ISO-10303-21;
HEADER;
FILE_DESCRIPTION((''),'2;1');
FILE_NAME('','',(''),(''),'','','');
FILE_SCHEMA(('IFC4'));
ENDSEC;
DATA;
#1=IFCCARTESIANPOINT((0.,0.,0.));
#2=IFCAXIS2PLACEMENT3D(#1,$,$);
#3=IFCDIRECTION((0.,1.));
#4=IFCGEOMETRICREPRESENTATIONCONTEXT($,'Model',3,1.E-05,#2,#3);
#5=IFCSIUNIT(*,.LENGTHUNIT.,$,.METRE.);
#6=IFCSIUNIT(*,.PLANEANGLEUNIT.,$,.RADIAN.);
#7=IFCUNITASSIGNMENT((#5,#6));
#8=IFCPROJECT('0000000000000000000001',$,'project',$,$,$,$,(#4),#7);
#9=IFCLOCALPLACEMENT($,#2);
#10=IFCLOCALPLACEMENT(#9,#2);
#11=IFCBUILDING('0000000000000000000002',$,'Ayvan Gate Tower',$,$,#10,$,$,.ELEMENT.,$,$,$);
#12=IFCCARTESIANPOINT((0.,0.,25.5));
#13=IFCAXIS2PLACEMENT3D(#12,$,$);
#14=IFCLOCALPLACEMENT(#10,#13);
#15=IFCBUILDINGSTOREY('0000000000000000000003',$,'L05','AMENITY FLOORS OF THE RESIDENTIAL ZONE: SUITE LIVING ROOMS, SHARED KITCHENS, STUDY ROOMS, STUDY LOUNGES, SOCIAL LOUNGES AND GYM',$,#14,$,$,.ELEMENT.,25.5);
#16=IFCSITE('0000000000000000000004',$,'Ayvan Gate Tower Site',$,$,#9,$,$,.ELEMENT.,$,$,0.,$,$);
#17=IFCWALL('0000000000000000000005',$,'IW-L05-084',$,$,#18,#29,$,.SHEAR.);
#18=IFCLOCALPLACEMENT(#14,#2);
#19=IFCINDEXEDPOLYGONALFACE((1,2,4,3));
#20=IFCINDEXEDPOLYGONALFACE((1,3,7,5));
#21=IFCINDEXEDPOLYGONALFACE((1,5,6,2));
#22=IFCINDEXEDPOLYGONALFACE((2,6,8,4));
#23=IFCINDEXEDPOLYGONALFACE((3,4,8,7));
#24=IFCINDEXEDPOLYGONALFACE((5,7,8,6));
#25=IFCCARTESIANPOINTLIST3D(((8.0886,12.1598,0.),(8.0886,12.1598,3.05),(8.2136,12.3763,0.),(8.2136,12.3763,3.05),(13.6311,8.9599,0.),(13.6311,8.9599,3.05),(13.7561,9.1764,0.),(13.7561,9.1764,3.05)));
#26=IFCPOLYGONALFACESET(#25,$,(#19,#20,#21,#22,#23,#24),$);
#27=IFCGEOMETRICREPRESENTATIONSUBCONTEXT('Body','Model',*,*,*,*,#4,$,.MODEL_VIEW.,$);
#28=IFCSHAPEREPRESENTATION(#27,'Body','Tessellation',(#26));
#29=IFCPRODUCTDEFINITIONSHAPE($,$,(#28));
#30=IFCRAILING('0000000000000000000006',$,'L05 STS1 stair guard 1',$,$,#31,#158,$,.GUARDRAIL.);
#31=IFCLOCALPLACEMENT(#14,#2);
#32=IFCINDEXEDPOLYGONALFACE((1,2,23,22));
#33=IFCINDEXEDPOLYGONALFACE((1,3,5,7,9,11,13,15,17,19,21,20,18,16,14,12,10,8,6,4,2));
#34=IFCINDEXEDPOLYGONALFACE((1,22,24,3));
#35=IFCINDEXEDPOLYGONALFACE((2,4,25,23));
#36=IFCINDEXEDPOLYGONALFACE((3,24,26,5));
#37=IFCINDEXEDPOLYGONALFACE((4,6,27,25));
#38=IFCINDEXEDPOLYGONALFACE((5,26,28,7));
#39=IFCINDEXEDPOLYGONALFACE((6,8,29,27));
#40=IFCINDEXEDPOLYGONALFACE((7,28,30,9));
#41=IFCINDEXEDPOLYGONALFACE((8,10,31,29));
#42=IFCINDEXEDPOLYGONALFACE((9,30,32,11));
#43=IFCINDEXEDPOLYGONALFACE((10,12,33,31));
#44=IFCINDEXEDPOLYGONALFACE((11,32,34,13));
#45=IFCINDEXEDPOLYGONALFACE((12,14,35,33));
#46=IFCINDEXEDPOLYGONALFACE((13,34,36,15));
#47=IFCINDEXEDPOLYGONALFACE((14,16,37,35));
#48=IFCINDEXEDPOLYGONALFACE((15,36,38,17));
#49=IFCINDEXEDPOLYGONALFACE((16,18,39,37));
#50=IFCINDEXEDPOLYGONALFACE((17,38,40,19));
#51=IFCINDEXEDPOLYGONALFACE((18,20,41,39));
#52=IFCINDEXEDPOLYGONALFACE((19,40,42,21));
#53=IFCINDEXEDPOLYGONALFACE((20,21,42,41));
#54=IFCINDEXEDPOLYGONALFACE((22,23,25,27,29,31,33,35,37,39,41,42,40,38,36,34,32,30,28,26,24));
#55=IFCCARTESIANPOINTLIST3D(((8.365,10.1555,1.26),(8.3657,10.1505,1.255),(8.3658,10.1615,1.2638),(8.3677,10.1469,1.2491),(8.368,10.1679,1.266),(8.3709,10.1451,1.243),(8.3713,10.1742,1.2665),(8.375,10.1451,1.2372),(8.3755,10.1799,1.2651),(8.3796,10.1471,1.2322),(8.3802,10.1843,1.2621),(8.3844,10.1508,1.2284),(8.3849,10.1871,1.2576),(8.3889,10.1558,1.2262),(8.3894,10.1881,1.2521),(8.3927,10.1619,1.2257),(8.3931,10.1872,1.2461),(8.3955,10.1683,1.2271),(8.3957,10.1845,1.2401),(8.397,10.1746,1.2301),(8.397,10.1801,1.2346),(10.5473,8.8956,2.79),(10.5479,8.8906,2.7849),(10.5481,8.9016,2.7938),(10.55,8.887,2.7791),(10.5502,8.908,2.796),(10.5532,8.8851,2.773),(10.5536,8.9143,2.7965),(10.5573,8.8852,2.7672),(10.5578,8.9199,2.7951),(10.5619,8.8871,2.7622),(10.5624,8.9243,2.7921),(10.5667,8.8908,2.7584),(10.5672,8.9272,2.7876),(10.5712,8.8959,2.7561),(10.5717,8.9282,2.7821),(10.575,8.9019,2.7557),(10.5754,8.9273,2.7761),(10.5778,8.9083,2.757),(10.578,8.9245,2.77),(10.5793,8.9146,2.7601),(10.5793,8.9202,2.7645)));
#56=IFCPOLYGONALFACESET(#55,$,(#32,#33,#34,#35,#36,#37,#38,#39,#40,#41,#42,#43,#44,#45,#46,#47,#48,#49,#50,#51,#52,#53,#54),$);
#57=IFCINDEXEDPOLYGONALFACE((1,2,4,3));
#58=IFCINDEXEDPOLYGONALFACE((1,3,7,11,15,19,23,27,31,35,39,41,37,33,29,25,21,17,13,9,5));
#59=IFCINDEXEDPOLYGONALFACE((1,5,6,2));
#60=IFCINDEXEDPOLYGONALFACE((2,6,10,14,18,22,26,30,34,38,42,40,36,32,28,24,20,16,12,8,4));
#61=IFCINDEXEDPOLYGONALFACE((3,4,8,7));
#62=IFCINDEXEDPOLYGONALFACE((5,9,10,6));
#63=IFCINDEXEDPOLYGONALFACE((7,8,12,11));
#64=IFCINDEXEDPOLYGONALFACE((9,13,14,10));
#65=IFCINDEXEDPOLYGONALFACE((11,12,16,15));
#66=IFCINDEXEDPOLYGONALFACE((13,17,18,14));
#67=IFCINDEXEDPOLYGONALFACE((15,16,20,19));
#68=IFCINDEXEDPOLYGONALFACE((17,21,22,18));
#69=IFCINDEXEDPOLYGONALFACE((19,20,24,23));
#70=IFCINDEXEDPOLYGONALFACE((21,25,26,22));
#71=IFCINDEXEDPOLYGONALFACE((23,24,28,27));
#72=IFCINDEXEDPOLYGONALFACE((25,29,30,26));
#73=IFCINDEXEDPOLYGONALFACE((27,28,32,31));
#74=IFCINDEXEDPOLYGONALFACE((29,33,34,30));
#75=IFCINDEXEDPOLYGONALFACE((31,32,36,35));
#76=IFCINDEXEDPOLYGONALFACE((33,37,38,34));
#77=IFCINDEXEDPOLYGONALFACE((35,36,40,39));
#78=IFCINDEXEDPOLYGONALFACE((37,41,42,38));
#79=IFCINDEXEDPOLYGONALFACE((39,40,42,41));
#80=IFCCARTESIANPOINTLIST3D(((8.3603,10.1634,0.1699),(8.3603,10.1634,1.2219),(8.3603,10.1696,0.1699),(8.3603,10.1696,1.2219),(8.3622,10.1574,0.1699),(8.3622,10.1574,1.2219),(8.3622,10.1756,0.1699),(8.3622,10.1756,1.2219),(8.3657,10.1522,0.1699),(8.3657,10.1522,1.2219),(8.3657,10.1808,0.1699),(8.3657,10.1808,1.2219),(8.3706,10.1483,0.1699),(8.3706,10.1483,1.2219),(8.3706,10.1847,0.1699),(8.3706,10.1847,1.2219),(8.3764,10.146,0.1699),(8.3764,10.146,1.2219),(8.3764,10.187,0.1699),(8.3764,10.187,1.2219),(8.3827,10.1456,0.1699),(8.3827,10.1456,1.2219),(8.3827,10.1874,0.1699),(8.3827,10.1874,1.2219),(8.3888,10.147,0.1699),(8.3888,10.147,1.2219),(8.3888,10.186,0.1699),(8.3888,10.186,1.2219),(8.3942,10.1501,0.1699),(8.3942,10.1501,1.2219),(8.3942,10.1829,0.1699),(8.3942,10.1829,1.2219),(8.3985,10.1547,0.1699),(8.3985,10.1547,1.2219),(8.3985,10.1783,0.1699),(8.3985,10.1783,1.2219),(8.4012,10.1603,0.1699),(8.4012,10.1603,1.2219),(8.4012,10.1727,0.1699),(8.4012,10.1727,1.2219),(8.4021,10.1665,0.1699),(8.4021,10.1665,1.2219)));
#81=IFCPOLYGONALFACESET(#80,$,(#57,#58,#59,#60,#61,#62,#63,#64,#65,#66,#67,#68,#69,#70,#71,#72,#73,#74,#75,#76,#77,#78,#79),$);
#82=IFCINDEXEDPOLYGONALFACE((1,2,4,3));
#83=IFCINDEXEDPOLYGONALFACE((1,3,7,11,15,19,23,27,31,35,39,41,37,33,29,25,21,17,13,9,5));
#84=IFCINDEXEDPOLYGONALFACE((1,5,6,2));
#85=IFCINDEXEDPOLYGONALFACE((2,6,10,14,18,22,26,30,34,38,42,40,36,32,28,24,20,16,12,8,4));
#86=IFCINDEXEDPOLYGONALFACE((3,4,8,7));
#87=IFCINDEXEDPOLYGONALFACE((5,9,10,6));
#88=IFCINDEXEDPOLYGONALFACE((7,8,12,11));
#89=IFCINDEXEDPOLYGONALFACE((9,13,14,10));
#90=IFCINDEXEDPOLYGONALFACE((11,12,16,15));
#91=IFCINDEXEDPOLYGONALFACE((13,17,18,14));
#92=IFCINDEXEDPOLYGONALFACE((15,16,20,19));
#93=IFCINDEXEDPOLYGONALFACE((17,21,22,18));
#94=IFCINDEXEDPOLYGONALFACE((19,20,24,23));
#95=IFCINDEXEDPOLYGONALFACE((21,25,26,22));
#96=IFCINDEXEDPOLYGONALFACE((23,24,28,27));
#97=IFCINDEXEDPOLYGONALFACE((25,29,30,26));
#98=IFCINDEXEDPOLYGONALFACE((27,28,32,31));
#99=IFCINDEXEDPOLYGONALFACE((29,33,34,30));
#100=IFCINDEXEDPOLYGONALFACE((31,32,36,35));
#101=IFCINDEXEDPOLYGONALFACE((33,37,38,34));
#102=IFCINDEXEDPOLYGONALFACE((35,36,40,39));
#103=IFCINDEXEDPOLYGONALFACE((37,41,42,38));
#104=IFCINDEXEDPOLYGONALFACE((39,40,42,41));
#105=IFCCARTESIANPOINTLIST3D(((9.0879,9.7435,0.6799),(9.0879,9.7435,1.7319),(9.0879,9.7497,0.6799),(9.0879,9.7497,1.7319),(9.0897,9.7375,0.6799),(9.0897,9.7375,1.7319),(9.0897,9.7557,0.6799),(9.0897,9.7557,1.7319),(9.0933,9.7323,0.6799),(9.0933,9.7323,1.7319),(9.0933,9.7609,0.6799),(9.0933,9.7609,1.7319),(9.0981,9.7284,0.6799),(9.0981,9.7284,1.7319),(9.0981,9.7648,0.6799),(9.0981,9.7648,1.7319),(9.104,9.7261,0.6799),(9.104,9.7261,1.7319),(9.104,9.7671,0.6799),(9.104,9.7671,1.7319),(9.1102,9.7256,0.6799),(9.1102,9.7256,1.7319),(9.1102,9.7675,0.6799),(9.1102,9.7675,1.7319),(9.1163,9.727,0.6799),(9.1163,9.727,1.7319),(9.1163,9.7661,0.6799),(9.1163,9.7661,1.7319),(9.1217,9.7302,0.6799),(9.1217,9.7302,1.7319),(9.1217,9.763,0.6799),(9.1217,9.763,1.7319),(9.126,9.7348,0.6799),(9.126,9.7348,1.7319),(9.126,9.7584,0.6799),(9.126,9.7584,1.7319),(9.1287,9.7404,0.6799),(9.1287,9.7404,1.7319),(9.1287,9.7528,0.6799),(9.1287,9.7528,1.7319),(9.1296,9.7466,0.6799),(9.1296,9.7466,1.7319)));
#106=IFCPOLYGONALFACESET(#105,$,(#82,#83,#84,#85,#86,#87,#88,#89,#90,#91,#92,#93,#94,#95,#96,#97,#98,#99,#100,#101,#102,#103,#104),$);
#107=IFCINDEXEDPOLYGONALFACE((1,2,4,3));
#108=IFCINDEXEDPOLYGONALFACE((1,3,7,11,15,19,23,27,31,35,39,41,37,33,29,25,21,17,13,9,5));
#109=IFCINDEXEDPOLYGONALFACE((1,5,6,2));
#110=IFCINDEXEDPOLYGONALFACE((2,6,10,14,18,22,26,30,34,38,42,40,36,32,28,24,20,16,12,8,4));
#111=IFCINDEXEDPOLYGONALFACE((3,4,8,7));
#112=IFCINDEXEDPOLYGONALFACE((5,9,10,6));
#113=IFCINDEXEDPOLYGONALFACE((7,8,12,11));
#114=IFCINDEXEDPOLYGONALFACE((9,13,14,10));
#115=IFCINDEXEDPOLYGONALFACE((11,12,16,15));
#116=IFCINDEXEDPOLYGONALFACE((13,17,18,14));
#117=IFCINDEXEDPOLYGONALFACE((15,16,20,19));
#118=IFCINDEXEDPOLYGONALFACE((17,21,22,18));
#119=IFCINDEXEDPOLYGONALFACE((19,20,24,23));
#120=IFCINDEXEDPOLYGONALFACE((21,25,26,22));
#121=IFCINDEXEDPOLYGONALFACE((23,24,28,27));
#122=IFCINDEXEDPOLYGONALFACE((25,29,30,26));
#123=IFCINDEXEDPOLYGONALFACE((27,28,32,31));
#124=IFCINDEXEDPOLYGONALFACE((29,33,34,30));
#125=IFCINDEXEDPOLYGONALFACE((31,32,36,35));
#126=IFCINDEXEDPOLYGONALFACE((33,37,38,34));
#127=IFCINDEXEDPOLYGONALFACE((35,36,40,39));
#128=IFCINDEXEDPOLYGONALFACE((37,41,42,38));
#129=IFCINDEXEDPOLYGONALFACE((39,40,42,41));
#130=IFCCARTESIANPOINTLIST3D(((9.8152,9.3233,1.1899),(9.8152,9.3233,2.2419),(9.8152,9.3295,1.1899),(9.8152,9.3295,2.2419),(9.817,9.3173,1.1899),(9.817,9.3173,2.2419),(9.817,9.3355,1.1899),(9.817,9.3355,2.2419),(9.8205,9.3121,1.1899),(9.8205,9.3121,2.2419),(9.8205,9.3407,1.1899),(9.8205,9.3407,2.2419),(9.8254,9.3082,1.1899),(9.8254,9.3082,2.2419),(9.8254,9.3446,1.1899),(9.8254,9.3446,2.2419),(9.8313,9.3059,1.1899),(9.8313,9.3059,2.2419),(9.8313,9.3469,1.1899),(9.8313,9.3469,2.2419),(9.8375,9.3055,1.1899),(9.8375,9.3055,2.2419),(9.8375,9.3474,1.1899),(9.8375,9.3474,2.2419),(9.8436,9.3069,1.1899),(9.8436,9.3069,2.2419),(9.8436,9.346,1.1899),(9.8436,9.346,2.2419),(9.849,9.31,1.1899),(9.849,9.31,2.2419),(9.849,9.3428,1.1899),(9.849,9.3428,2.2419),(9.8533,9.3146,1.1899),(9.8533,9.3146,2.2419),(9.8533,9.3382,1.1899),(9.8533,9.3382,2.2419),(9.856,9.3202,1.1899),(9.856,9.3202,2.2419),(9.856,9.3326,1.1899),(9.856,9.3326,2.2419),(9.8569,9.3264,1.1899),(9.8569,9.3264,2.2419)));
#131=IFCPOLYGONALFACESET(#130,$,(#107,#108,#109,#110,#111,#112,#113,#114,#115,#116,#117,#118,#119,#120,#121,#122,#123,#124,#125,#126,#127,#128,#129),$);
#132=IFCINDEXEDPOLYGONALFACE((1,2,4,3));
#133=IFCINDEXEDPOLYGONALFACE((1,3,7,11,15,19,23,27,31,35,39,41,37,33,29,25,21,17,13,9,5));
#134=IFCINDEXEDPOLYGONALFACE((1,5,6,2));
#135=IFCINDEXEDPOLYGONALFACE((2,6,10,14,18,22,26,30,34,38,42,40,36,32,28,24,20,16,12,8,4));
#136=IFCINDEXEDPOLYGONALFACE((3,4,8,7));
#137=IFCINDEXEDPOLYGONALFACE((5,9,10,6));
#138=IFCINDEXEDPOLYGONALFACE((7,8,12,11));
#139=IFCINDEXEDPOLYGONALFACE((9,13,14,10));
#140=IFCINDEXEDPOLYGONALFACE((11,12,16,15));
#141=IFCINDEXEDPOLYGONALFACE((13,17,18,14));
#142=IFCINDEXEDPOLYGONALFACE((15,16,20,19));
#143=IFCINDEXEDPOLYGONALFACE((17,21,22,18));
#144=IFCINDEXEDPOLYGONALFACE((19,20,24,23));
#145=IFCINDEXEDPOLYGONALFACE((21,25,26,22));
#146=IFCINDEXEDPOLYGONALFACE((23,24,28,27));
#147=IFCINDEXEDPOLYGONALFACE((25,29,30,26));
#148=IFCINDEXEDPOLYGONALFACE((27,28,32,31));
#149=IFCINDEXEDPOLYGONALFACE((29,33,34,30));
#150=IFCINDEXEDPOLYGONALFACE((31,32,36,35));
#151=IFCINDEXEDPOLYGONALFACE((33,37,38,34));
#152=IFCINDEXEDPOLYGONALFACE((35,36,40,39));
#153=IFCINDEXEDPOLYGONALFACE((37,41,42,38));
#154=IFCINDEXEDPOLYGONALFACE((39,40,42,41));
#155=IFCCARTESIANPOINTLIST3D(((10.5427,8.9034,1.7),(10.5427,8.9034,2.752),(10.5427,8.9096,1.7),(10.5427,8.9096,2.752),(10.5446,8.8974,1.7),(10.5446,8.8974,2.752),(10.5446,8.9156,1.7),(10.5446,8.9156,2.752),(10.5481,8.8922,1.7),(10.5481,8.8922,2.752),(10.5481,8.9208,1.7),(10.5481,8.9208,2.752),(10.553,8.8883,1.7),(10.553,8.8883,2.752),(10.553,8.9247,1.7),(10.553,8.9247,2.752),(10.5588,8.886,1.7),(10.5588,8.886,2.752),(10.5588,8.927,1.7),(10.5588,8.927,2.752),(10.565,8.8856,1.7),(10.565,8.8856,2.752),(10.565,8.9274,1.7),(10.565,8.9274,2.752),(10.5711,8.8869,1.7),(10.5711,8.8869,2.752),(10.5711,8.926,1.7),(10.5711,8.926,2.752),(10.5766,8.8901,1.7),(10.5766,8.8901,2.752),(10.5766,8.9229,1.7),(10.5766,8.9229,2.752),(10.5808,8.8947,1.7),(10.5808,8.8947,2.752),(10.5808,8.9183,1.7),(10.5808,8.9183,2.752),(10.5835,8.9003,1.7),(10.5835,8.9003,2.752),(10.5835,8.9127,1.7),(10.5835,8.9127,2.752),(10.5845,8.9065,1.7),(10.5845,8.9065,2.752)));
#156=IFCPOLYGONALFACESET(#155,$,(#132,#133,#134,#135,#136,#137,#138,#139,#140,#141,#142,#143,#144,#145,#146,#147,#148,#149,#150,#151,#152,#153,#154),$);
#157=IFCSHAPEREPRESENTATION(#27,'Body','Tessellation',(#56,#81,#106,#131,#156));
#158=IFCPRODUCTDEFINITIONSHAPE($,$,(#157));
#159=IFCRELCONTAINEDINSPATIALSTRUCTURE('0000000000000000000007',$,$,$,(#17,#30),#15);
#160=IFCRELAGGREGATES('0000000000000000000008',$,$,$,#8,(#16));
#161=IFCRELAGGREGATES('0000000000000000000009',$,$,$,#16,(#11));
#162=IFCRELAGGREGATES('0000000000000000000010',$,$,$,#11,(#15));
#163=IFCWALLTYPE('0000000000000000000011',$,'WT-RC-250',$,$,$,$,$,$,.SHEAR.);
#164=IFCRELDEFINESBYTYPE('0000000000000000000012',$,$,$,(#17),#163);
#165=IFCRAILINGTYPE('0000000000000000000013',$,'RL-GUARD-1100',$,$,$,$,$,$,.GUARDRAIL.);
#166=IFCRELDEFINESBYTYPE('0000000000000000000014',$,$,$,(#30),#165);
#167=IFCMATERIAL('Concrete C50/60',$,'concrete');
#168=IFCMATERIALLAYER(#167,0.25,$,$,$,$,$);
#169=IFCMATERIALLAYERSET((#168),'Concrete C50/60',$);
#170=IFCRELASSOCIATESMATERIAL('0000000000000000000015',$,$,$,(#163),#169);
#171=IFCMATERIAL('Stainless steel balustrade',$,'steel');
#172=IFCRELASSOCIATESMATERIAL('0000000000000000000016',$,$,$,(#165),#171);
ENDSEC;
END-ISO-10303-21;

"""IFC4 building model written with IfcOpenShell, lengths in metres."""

from ifc_helpers import new_model, si_unit, direction, frame, frame_2d, origin, origin_2d, place, context, subcontext, project, spatial, rectangle, circle, extrude, material, layer, layer_set, type_object, element, save


model = new_model("IFC4")

# Units and contexts
model_context = context("Model", 3, precision=1e-05, world=origin(), true_north=direction((0.0, 1.0)))
body_context = subcontext(model_context, "Body", "Model", "MODEL_VIEW")
ifc_project = project(units=[si_unit("LENGTHUNIT", "METRE"), si_unit("PLANEANGLEUNIT", "RADIAN")], contexts=[model_context])

# Site, building, storey
site_placement = place(None, origin())
site = spatial("IfcSite", under=ifc_project, at=site_placement, Name="Ayvan Gate Tower Site", CompositionType="ELEMENT", RefElevation=0.0)
building_placement = place(site_placement, origin())
building = spatial("IfcBuilding", under=site, at=building_placement, Name="Ayvan Gate Tower", CompositionType="ELEMENT")
storey_placement = place(building_placement, frame((0.0, 0.0, 25.5)))
storey = spatial("IfcBuildingStorey", under=building, at=storey_placement, Name="L05", Description="AMENITY FLOORS OF THE RESIDENTIAL ZONE: SUITE LIVING ROOMS, SHARED KITCHENS, STUDY ROOMS, STUDY LOUNGES, SOCIAL LOUNGES AND GYM", CompositionType="ELEMENT", Elevation=25.5)

# Shared definitions
ifc_material_1 = material(Name="Concrete C50/60", Category="concrete")
ifc_layer_1 = layer(ifc_material_1, 0.25)
ifc_layer_set_1 = layer_set([ifc_layer_1], Name="Concrete C50/60")
wall_type_1 = type_object("IfcWallType", Name="WT-RC-250", PredefinedType="SHEAR", material=ifc_layer_set_1)

# Wall
wall_1_placement = place(storey_placement, frame((8.1511, 12.2681, 0.0), z_axis=(0.0, 0.0, 1.0), x_axis=(0.866025, -0.5, 0.0)))
element("IfcWall", 1, at=wall_1_placement, inside=storey, type_object=wall_type_1, Name="IW-L05-084", PredefinedType="SHEAR", context=body_context, shape_type="SweptSolid", body=[
    extrude(rectangle(XDim=6.3999, YDim=0.25, at=frame_2d((3.2, 0.0))), origin(), (0.0, 0.0, 1.0), 3.05),
])

# Railing
ifc_material_2 = material(Name="Stainless steel balustrade", Category="steel")
railing_type_1 = type_object("IfcRailingType", Name="RL-GUARD-1100", PredefinedType="GUARDRAIL", material=ifc_material_2)
railing_1_placement = place(storey_placement, frame((8.3811, 10.1665, 0.1699)))
element("IfcRailing", 2, at=railing_1_placement, inside=storey, type_object=railing_type_1, Name="L05 STS1 stair guard 1", PredefinedType="GUARDRAIL", context=body_context, shape_type="SweptSolid", body=[
    extrude(circle(Radius=0.0239, at=origin_2d()), frame((0.0, 0.0, 1.0762), z_axis=(0.740261, -0.427395, 0.518986), x_axis=(0.500005, 0.866023, 0.0)), (0.0, 0.0, 1.0), 2.948),
    extrude(circle(Radius=0.021, at=origin_2d()), origin(), (0.0, 0.0, 1.0), 1.052),
    extrude(circle(Radius=0.021, at=origin_2d()), frame((0.7275, -0.4199, 0.51)), (0.0, 0.0, 1.0), 1.052),
    extrude(circle(Radius=0.021, at=origin_2d()), frame((1.4548, -0.8401, 1.02)), (0.0, 0.0, 1.0), 1.052),
    extrude(circle(Radius=0.021, at=origin_2d()), frame((2.1824, -1.26, 1.53)), (0.0, 0.0, 1.0), 1.052),
])

save(model, "model.ifc")
